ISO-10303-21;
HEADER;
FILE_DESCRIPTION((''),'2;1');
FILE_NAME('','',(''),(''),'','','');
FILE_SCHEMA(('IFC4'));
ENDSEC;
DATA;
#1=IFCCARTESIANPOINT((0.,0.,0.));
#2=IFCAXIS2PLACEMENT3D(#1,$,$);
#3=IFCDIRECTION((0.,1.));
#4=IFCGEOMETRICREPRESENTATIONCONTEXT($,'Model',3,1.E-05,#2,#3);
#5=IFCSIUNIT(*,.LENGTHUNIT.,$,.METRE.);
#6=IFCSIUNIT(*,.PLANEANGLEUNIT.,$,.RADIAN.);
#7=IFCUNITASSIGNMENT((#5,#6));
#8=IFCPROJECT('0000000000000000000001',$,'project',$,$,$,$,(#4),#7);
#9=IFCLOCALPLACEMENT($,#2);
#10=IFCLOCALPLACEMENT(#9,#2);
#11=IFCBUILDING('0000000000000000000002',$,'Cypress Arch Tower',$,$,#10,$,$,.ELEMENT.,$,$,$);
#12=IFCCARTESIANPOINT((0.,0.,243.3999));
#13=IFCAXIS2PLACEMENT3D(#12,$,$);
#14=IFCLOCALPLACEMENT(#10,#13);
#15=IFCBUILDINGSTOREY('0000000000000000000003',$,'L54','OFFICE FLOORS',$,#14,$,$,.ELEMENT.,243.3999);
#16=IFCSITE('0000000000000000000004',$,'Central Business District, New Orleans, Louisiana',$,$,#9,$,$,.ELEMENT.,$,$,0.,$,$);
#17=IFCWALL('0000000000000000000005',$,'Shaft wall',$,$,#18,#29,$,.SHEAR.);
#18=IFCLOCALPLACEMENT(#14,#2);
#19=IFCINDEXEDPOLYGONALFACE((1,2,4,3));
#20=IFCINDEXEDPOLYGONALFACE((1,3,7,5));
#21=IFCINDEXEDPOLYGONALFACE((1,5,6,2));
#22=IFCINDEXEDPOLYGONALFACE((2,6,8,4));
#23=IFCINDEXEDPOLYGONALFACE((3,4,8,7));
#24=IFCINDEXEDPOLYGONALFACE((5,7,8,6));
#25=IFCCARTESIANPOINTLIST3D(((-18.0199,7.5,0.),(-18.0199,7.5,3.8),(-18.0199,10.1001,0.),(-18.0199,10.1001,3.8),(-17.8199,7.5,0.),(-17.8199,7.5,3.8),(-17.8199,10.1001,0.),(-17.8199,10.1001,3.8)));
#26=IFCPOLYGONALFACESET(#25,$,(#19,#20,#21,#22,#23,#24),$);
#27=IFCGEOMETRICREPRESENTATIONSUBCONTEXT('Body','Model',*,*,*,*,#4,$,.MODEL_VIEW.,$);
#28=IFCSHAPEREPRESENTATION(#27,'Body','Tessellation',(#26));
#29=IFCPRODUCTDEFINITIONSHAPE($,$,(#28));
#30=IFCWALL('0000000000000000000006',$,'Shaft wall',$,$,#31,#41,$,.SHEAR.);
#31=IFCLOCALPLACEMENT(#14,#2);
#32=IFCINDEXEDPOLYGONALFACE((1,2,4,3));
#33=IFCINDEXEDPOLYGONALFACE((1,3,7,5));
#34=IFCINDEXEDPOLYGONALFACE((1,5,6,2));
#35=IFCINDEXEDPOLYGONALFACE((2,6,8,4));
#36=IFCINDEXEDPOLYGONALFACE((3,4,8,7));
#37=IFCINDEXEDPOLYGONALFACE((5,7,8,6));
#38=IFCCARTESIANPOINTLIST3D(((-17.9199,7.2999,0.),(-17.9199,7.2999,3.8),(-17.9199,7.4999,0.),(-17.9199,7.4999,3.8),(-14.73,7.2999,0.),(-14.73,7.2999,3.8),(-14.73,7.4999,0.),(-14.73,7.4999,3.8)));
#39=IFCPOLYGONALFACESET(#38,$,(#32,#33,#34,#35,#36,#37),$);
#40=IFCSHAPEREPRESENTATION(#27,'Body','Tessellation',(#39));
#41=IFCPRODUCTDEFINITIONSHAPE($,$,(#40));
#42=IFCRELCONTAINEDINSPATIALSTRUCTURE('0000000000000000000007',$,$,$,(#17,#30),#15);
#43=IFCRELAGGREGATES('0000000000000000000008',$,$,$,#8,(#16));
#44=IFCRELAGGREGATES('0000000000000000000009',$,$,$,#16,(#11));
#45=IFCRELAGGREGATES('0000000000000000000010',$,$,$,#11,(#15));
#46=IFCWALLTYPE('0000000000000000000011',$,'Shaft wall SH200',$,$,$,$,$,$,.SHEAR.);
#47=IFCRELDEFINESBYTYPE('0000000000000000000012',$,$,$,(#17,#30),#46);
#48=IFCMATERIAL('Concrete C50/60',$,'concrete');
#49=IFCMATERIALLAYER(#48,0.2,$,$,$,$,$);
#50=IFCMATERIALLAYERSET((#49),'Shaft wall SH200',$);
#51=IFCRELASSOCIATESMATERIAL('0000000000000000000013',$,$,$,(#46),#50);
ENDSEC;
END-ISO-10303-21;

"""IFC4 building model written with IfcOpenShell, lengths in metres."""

from ifc_helpers import new_model, si_unit, direction, frame, frame_2d, origin, place, context, subcontext, project, spatial, rectangle, extrude, material, layer, layer_set, type_object, element, save


model = new_model("IFC4")

# Units and contexts
model_context = context("Model", 3, precision=1e-05, world=origin(), true_north=direction((0.0, 1.0)))
body_context = subcontext(model_context, "Body", "Model", "MODEL_VIEW")
ifc_project = project(units=[si_unit("LENGTHUNIT", "METRE"), si_unit("PLANEANGLEUNIT", "RADIAN")], contexts=[model_context])

# Site, building, storey
site_placement = place(None, origin())
site = spatial("IfcSite", under=ifc_project, at=site_placement, Name="Central Business District, New Orleans, Louisiana", CompositionType="ELEMENT", RefElevation=0.0)
building_placement = place(site_placement, origin())
building = spatial("IfcBuilding", under=site, at=building_placement, Name="Cypress Arch Tower", CompositionType="ELEMENT")
storey_placement = place(building_placement, frame((0.0, 0.0, 243.3999)))
storey = spatial("IfcBuildingStorey", under=building, at=storey_placement, Name="L54", Description="OFFICE FLOORS", CompositionType="ELEMENT", Elevation=243.3999)

# Shared definitions
ifc_material_1 = material(Name="Concrete C50/60", Category="concrete")
ifc_layer_1 = layer(ifc_material_1, 0.2)
ifc_layer_set_1 = layer_set([ifc_layer_1], Name="Shaft wall SH200")
wall_type_1 = type_object("IfcWallType", Name="Shaft wall SH200", PredefinedType="SHEAR", material=ifc_layer_set_1)

# Walls
wall_1_placement = place(storey_placement, frame((-17.9199, 7.5, 0.0), z_axis=(0.0, 0.0, 1.0), x_axis=(0.0, 1.0, 0.0)))
element("IfcWall", 1, at=wall_1_placement, inside=storey, type_object=wall_type_1, Name="Shaft wall", PredefinedType="SHEAR", context=body_context, shape_type="SweptSolid", body=[
    extrude(rectangle(XDim=2.6001, YDim=0.2, at=frame_2d((1.3, 0.0))), origin(), (0.0, 0.0, 1.0), 3.8),
])
wall_2_placement = place(storey_placement, frame((-17.9199, 7.3999, 0.0), z_axis=(0.0, 0.0, 1.0), x_axis=(1.0, 0.0, 0.0)))
element("IfcWall", 2, at=wall_2_placement, inside=storey, type_object=wall_type_1, Name="Shaft wall", PredefinedType="SHEAR", context=body_context, shape_type="SweptSolid", body=[
    extrude(rectangle(XDim=3.1899, YDim=0.2, at=frame_2d((1.595, 0.0))), origin(), (0.0, 0.0, 1.0), 3.8),
])

save(model, "model.ifc")
